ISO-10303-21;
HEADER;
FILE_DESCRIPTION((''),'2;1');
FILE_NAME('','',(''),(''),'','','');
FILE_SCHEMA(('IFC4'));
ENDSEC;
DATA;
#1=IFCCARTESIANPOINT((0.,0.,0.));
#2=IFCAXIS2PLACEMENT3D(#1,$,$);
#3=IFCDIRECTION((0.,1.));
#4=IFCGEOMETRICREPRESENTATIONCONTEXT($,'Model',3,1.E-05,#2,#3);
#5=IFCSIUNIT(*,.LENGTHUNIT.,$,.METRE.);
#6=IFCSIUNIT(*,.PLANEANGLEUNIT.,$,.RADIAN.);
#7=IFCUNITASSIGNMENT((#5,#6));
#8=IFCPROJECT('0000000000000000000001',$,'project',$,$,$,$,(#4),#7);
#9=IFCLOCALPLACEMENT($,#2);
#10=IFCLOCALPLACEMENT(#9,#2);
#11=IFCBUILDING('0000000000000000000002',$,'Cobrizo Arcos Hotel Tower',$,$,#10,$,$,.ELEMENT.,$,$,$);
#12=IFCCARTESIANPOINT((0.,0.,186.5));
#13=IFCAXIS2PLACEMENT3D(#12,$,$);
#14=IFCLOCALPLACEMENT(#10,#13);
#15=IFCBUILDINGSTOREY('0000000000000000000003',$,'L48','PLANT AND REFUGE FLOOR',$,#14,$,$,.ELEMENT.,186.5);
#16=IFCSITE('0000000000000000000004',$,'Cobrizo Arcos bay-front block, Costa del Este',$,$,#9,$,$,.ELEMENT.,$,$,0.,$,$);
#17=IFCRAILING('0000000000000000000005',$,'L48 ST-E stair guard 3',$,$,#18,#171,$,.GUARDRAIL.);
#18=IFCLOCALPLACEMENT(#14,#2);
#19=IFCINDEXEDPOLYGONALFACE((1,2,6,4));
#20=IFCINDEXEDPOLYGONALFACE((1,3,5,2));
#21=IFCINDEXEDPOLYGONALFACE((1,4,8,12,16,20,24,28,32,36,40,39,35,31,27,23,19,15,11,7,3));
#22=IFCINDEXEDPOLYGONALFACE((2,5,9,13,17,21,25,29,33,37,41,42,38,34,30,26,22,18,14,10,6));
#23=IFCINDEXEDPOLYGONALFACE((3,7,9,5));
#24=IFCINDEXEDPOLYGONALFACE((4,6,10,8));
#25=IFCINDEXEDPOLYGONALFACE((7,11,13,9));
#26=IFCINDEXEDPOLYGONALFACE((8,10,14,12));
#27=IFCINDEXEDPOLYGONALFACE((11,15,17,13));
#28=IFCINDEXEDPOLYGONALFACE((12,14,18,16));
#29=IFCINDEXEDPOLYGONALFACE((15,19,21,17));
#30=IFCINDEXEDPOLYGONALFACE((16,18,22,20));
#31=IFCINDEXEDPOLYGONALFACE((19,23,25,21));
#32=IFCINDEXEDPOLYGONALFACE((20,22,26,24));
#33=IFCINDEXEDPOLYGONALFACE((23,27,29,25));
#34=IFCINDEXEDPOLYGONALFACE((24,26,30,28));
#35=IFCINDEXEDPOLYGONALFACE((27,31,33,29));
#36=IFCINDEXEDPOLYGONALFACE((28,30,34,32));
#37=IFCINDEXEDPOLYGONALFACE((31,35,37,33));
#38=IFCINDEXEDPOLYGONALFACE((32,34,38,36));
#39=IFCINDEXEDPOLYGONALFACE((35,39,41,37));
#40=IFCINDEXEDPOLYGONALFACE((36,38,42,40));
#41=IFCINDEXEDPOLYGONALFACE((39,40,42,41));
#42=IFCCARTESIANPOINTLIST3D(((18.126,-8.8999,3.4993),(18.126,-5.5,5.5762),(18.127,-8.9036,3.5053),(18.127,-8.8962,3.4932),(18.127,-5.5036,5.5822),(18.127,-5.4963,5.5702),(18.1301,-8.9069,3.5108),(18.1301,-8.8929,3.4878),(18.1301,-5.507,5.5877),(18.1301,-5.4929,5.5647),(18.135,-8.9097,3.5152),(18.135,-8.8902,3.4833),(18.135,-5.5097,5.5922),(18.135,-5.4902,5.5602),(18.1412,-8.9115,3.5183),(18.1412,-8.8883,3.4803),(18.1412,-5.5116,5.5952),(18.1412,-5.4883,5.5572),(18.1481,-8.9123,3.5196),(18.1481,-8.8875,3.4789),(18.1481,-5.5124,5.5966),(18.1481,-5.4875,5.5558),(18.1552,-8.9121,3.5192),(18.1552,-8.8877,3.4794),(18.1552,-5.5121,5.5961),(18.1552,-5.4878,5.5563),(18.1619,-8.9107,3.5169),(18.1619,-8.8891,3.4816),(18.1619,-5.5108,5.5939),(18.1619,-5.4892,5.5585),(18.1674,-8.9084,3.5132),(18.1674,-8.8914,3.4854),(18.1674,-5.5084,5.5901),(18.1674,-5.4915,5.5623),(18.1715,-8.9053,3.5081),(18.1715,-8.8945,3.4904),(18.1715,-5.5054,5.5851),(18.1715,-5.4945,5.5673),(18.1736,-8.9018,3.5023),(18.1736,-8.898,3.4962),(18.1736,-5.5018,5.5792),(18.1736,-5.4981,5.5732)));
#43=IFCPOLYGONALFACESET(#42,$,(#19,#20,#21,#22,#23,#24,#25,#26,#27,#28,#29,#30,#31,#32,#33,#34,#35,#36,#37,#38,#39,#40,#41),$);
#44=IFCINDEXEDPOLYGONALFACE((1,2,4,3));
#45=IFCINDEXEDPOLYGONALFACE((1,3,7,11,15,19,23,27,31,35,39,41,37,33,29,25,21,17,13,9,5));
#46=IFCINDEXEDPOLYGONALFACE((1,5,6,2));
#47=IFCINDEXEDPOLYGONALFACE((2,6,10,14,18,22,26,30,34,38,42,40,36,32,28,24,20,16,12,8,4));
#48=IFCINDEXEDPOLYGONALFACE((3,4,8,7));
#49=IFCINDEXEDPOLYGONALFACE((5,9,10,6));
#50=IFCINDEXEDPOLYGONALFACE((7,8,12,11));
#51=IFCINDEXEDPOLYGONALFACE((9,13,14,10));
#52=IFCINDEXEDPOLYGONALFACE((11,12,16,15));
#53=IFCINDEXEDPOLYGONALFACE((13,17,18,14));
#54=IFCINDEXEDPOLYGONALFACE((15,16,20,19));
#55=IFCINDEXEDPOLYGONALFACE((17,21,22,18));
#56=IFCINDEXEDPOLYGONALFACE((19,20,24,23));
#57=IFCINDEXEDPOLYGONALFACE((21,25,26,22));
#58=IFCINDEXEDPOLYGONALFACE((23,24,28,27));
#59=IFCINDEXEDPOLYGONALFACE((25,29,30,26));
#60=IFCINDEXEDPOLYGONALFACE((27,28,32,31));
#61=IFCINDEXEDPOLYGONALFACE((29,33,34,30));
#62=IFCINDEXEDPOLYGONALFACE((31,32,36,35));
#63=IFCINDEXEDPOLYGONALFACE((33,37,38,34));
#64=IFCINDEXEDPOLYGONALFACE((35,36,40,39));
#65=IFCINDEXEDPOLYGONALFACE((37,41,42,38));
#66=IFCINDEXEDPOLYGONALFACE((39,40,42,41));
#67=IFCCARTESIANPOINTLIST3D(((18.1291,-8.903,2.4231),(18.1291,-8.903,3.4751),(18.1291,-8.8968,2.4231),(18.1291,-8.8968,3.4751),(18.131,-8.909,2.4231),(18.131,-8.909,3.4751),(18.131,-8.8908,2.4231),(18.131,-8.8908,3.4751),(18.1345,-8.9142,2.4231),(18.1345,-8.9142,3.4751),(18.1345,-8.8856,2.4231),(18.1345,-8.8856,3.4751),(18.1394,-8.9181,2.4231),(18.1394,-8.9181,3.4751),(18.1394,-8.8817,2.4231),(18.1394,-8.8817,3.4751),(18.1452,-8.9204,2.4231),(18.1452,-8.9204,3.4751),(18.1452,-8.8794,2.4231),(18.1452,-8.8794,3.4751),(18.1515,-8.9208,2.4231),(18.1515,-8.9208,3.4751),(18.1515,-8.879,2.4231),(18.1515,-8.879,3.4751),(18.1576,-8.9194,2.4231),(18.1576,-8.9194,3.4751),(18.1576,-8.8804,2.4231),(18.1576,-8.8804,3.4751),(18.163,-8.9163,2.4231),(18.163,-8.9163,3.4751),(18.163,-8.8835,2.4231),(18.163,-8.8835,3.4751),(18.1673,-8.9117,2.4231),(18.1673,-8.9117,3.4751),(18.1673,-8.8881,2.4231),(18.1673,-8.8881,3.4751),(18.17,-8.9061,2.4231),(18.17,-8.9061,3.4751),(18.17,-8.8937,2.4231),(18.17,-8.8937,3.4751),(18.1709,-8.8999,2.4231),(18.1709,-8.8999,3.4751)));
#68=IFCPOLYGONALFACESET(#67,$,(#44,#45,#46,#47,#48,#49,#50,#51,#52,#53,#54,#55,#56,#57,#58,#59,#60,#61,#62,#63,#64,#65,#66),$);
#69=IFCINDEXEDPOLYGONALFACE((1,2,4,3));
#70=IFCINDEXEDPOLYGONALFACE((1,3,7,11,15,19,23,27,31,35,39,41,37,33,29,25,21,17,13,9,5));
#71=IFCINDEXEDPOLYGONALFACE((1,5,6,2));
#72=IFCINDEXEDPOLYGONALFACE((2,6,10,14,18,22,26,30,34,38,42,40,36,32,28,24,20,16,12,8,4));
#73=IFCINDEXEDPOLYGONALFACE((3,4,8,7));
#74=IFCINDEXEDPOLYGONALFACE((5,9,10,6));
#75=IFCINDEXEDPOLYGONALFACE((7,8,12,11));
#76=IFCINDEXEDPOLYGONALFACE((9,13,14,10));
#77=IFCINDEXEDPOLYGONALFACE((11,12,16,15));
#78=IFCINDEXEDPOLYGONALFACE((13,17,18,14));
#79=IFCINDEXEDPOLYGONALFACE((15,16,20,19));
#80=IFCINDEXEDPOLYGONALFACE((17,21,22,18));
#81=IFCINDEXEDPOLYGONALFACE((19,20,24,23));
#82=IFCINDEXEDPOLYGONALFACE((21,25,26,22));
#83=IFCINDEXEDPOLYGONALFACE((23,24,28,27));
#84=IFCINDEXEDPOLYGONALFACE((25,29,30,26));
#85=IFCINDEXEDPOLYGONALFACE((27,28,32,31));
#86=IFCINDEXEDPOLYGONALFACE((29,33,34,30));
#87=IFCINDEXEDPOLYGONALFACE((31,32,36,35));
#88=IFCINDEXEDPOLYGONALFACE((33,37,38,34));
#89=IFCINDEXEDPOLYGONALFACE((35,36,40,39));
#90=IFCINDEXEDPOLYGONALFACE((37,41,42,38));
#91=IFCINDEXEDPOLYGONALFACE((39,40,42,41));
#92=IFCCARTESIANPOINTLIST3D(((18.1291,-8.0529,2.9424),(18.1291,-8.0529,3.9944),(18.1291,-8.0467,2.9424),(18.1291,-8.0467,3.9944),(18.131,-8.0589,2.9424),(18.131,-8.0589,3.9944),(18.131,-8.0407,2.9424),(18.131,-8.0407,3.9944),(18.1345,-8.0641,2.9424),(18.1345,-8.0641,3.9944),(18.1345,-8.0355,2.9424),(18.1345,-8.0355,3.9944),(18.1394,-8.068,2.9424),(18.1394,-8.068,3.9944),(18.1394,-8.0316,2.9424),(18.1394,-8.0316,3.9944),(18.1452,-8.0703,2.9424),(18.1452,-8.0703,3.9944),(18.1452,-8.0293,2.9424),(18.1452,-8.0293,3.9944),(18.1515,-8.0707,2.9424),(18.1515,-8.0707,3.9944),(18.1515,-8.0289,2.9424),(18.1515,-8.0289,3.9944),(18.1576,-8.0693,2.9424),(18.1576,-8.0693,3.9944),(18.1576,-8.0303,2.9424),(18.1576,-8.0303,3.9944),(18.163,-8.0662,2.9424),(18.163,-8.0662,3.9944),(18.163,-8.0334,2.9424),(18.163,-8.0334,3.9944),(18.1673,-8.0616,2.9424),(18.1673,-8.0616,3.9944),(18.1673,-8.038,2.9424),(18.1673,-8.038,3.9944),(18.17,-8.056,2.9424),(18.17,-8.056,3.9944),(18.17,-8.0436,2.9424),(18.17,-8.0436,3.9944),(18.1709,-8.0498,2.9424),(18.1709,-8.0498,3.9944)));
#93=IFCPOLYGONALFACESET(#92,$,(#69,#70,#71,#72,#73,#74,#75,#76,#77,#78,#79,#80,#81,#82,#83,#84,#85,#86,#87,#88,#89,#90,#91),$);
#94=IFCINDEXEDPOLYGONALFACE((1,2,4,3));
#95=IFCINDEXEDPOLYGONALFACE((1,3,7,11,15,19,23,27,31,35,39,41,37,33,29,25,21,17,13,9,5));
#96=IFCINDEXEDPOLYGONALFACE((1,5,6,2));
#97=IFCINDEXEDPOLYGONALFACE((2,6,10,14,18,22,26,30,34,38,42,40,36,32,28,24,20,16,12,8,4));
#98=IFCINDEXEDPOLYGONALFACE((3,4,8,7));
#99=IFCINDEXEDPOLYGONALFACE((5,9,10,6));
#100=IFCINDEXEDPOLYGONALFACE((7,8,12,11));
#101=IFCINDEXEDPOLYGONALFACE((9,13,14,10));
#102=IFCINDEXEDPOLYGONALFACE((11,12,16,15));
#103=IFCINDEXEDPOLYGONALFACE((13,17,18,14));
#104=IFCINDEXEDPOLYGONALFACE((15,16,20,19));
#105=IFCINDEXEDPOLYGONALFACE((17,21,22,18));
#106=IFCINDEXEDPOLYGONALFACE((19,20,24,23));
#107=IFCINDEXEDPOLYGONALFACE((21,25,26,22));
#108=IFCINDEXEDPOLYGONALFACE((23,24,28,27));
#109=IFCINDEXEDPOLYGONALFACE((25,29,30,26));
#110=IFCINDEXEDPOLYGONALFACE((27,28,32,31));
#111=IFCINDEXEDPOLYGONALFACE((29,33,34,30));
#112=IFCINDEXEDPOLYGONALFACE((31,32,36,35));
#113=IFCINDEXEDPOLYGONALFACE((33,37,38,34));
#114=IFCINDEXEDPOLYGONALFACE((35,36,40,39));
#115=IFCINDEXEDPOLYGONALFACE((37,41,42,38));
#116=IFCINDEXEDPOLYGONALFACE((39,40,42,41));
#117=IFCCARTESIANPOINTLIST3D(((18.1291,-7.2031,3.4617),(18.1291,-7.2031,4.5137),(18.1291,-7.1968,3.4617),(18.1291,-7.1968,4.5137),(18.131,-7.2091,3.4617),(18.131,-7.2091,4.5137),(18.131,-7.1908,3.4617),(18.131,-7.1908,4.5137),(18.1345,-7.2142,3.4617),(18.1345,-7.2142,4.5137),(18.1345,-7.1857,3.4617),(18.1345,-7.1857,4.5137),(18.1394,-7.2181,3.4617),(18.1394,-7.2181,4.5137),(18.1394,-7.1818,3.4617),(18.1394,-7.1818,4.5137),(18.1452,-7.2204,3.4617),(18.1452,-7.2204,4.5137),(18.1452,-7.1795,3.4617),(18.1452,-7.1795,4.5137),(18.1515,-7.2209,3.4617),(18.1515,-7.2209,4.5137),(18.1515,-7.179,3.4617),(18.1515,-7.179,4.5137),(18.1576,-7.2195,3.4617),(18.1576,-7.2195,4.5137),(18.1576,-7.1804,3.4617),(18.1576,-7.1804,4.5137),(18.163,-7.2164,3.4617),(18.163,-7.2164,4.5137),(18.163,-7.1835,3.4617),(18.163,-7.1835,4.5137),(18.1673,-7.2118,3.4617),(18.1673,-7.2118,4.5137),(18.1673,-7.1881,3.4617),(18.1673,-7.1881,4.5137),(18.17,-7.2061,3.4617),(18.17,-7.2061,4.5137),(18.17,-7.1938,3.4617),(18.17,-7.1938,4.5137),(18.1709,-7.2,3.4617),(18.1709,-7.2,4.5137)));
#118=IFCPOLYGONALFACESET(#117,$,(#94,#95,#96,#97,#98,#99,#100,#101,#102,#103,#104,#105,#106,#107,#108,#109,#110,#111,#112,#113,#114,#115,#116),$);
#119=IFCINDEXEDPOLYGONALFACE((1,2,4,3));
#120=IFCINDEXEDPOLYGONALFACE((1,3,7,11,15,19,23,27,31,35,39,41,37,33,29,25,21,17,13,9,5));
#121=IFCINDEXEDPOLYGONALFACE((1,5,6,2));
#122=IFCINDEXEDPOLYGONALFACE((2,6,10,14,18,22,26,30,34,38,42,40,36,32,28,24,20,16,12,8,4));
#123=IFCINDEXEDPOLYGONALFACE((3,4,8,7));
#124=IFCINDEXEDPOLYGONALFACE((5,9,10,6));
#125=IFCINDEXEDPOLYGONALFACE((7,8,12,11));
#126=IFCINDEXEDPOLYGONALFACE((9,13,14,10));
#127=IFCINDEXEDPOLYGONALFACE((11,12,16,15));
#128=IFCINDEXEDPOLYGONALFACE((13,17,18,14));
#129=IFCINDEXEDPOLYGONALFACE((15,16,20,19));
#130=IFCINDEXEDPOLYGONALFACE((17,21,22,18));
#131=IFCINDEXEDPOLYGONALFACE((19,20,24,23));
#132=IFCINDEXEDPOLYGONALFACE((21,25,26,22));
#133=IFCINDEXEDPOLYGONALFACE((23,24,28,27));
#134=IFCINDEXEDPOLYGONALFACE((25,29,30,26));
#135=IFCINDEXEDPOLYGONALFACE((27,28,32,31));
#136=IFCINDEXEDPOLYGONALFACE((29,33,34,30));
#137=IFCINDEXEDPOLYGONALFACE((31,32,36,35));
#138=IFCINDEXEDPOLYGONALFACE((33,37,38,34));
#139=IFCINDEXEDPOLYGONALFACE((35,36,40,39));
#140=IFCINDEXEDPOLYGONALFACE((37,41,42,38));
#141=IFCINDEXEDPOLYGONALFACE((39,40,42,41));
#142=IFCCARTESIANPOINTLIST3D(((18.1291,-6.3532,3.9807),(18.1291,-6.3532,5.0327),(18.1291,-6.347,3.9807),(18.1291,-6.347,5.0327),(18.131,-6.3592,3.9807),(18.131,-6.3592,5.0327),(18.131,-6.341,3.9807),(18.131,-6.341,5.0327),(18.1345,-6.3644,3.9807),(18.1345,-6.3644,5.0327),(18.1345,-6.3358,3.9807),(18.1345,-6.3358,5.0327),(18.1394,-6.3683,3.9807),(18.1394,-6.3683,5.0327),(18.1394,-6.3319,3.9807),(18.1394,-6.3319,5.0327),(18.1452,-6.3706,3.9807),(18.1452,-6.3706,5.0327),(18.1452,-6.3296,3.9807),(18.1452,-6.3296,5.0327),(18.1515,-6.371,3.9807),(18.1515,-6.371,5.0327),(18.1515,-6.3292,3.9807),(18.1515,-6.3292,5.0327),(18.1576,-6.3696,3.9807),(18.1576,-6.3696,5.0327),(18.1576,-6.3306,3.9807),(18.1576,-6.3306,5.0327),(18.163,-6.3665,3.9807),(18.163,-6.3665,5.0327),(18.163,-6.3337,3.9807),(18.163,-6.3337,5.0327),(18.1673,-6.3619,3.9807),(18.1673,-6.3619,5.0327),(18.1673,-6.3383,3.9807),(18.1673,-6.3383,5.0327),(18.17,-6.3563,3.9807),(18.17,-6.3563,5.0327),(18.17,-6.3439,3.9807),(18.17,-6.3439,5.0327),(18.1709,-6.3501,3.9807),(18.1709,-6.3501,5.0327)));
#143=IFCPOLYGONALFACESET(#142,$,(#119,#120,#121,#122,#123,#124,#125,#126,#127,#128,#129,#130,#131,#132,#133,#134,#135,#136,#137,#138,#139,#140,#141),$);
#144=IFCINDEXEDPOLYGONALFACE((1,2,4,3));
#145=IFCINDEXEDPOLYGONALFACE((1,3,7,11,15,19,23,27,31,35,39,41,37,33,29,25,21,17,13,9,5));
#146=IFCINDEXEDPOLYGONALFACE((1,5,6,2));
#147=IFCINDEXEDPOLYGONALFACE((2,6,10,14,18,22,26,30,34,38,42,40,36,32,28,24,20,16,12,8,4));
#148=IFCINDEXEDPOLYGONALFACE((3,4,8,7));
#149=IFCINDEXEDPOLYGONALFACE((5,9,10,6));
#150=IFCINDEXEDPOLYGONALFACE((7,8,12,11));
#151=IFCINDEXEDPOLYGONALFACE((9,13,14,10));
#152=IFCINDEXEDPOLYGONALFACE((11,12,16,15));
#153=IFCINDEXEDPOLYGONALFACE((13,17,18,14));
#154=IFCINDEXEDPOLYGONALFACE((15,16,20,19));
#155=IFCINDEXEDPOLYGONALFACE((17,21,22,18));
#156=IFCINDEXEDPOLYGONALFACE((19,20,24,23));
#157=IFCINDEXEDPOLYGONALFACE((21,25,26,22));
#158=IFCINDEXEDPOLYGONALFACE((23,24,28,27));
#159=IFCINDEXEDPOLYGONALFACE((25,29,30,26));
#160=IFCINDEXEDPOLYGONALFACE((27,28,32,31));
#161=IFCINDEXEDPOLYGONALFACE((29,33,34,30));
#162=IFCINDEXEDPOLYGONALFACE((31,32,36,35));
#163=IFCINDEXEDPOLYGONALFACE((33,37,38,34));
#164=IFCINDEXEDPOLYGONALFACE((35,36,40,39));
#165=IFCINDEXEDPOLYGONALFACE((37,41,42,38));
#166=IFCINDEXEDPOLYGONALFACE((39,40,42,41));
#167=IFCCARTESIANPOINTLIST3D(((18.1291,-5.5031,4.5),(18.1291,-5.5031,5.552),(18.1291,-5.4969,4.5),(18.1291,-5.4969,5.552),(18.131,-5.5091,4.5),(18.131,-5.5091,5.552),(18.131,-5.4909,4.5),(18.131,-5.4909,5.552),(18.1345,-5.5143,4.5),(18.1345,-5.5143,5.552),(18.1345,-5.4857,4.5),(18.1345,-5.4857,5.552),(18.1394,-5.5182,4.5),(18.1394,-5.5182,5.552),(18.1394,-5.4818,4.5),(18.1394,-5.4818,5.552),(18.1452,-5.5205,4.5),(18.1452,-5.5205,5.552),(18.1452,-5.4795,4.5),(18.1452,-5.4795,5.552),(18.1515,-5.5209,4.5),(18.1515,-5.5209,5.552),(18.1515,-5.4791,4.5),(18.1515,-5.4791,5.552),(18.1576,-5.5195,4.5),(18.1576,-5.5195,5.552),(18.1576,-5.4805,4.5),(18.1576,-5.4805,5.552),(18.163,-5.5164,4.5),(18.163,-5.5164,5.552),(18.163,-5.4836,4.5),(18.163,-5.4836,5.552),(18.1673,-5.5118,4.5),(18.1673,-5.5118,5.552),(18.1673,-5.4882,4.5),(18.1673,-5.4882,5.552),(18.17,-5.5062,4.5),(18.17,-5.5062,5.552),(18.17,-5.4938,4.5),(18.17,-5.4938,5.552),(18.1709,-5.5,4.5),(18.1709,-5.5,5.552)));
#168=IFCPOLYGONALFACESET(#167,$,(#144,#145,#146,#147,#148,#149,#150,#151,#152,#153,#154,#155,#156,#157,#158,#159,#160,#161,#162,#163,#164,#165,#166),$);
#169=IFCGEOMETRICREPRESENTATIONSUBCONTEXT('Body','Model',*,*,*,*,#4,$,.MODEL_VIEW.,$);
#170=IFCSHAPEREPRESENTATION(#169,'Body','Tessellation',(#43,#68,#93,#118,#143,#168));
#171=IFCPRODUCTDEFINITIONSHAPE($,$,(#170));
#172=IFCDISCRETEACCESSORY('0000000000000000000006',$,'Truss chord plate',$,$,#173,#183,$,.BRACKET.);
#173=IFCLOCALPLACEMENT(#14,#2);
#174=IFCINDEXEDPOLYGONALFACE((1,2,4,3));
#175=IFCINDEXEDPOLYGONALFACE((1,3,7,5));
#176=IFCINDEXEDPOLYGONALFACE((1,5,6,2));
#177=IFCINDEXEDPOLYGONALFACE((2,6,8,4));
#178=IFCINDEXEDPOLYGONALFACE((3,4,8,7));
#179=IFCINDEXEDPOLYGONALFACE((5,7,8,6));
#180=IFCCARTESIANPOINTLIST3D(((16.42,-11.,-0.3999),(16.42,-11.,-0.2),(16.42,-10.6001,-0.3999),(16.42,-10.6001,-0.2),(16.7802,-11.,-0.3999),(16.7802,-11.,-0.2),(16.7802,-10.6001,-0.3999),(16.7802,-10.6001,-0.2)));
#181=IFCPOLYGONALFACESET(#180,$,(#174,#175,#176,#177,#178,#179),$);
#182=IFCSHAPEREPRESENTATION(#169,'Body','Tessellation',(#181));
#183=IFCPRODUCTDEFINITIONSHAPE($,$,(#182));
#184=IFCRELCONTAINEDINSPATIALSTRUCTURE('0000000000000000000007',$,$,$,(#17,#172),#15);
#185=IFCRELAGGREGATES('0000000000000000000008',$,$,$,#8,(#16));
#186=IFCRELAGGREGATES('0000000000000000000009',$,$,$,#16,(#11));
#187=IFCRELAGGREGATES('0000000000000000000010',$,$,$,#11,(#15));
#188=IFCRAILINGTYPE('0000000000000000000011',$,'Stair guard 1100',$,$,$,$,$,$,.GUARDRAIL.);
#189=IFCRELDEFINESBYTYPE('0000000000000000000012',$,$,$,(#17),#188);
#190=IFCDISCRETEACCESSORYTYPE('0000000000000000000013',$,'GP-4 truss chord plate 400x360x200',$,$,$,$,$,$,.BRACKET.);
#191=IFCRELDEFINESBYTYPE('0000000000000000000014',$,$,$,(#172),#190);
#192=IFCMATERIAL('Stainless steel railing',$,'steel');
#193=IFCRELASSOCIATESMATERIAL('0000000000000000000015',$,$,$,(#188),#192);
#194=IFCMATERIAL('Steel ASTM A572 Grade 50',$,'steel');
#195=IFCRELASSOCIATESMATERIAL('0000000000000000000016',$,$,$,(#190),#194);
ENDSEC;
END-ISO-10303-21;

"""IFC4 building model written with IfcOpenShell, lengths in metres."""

from ifc_helpers import new_model, si_unit, direction, frame, origin, origin_2d, place, context, subcontext, project, spatial, rectangle, circle, extrude, material, type_object, element, save


model = new_model("IFC4")

# Units and contexts
model_context = context("Model", 3, precision=1e-05, world=origin(), true_north=direction((0.0, 1.0)))
body_context = subcontext(model_context, "Body", "Model", "MODEL_VIEW")
ifc_project = project(units=[si_unit("LENGTHUNIT", "METRE"), si_unit("PLANEANGLEUNIT", "RADIAN")], contexts=[model_context])

# Site, building, storey
site_placement = place(None, origin())
site = spatial("IfcSite", under=ifc_project, at=site_placement, Name="Cobrizo Arcos bay-front block, Costa del Este", CompositionType="ELEMENT", RefElevation=0.0)
building_placement = place(site_placement, origin())
building = spatial("IfcBuilding", under=site, at=building_placement, Name="Cobrizo Arcos Hotel Tower", CompositionType="ELEMENT")
storey_placement = place(building_placement, frame((0.0, 0.0, 186.5)))
storey = spatial("IfcBuildingStorey", under=building, at=storey_placement, Name="L48", Description="PLANT AND REFUGE FLOOR", CompositionType="ELEMENT", Elevation=186.5)

# Railing
ifc_material_1 = material(Name="Stainless steel railing", Category="steel")
railing_type = type_object("IfcRailingType", Name="Stair guard 1100", PredefinedType="GUARDRAIL", material=ifc_material_1)
railing_1_placement = place(storey_placement, frame((18.1499, -8.8999, 2.4231)))
element("IfcRailing", 1, at=railing_1_placement, inside=storey, type_object=railing_type, Name="L48 ST-E stair guard 3", PredefinedType="GUARDRAIL", context=body_context, shape_type="SweptSolid", body=[
    extrude(circle(Radius=0.0239, at=origin_2d()), frame((0.0, 0.0, 1.0762), z_axis=(0.0, 0.853373, 0.521301), x_axis=(-1.0, 0.0, 0.0)), (0.0, 0.0, 1.0), 3.9841),
    extrude(circle(Radius=0.021, at=origin_2d()), origin(), (0.0, 0.0, 1.0), 1.052),
    extrude(circle(Radius=0.021, at=origin_2d()), frame((0.0, 0.8501, 0.5193)), (0.0, 0.0, 1.0), 1.052),
    extrude(circle(Radius=0.021, at=origin_2d()), frame((0.0, 1.7, 1.0386)), (0.0, 0.0, 1.0), 1.052),
    extrude(circle(Radius=0.021, at=origin_2d()), frame((0.0, 2.5498, 1.5576)), (0.0, 0.0, 1.0), 1.052),
    extrude(circle(Radius=0.021, at=origin_2d()), frame((0.0, 3.3999, 2.0769)), (0.0, 0.0, 1.0), 1.052),
])

# Discrete accessory
ifc_material_2 = material(Name="Steel ASTM A572 Grade 50", Category="steel")
discrete_accessory_type = type_object("IfcDiscreteAccessoryType", Name="GP-4 truss chord plate 400x360x200", PredefinedType="BRACKET", material=ifc_material_2)
discrete_accessory_placement = place(storey_placement, frame((16.6001, -10.8, -0.3999), z_axis=(0.0, 0.0, 1.0), x_axis=(0.0, -1.0, 0.0)))
element("IfcDiscreteAccessory", 2, at=discrete_accessory_placement, inside=storey, type_object=discrete_accessory_type, Name="Truss chord plate", PredefinedType="BRACKET", context=body_context, shape_type="SweptSolid", body=[
    extrude(rectangle(XDim=0.3999, YDim=0.3601, at=origin_2d()), origin(), (0.0, 0.0, 1.0), 0.2),
])

save(model, "model.ifc")
